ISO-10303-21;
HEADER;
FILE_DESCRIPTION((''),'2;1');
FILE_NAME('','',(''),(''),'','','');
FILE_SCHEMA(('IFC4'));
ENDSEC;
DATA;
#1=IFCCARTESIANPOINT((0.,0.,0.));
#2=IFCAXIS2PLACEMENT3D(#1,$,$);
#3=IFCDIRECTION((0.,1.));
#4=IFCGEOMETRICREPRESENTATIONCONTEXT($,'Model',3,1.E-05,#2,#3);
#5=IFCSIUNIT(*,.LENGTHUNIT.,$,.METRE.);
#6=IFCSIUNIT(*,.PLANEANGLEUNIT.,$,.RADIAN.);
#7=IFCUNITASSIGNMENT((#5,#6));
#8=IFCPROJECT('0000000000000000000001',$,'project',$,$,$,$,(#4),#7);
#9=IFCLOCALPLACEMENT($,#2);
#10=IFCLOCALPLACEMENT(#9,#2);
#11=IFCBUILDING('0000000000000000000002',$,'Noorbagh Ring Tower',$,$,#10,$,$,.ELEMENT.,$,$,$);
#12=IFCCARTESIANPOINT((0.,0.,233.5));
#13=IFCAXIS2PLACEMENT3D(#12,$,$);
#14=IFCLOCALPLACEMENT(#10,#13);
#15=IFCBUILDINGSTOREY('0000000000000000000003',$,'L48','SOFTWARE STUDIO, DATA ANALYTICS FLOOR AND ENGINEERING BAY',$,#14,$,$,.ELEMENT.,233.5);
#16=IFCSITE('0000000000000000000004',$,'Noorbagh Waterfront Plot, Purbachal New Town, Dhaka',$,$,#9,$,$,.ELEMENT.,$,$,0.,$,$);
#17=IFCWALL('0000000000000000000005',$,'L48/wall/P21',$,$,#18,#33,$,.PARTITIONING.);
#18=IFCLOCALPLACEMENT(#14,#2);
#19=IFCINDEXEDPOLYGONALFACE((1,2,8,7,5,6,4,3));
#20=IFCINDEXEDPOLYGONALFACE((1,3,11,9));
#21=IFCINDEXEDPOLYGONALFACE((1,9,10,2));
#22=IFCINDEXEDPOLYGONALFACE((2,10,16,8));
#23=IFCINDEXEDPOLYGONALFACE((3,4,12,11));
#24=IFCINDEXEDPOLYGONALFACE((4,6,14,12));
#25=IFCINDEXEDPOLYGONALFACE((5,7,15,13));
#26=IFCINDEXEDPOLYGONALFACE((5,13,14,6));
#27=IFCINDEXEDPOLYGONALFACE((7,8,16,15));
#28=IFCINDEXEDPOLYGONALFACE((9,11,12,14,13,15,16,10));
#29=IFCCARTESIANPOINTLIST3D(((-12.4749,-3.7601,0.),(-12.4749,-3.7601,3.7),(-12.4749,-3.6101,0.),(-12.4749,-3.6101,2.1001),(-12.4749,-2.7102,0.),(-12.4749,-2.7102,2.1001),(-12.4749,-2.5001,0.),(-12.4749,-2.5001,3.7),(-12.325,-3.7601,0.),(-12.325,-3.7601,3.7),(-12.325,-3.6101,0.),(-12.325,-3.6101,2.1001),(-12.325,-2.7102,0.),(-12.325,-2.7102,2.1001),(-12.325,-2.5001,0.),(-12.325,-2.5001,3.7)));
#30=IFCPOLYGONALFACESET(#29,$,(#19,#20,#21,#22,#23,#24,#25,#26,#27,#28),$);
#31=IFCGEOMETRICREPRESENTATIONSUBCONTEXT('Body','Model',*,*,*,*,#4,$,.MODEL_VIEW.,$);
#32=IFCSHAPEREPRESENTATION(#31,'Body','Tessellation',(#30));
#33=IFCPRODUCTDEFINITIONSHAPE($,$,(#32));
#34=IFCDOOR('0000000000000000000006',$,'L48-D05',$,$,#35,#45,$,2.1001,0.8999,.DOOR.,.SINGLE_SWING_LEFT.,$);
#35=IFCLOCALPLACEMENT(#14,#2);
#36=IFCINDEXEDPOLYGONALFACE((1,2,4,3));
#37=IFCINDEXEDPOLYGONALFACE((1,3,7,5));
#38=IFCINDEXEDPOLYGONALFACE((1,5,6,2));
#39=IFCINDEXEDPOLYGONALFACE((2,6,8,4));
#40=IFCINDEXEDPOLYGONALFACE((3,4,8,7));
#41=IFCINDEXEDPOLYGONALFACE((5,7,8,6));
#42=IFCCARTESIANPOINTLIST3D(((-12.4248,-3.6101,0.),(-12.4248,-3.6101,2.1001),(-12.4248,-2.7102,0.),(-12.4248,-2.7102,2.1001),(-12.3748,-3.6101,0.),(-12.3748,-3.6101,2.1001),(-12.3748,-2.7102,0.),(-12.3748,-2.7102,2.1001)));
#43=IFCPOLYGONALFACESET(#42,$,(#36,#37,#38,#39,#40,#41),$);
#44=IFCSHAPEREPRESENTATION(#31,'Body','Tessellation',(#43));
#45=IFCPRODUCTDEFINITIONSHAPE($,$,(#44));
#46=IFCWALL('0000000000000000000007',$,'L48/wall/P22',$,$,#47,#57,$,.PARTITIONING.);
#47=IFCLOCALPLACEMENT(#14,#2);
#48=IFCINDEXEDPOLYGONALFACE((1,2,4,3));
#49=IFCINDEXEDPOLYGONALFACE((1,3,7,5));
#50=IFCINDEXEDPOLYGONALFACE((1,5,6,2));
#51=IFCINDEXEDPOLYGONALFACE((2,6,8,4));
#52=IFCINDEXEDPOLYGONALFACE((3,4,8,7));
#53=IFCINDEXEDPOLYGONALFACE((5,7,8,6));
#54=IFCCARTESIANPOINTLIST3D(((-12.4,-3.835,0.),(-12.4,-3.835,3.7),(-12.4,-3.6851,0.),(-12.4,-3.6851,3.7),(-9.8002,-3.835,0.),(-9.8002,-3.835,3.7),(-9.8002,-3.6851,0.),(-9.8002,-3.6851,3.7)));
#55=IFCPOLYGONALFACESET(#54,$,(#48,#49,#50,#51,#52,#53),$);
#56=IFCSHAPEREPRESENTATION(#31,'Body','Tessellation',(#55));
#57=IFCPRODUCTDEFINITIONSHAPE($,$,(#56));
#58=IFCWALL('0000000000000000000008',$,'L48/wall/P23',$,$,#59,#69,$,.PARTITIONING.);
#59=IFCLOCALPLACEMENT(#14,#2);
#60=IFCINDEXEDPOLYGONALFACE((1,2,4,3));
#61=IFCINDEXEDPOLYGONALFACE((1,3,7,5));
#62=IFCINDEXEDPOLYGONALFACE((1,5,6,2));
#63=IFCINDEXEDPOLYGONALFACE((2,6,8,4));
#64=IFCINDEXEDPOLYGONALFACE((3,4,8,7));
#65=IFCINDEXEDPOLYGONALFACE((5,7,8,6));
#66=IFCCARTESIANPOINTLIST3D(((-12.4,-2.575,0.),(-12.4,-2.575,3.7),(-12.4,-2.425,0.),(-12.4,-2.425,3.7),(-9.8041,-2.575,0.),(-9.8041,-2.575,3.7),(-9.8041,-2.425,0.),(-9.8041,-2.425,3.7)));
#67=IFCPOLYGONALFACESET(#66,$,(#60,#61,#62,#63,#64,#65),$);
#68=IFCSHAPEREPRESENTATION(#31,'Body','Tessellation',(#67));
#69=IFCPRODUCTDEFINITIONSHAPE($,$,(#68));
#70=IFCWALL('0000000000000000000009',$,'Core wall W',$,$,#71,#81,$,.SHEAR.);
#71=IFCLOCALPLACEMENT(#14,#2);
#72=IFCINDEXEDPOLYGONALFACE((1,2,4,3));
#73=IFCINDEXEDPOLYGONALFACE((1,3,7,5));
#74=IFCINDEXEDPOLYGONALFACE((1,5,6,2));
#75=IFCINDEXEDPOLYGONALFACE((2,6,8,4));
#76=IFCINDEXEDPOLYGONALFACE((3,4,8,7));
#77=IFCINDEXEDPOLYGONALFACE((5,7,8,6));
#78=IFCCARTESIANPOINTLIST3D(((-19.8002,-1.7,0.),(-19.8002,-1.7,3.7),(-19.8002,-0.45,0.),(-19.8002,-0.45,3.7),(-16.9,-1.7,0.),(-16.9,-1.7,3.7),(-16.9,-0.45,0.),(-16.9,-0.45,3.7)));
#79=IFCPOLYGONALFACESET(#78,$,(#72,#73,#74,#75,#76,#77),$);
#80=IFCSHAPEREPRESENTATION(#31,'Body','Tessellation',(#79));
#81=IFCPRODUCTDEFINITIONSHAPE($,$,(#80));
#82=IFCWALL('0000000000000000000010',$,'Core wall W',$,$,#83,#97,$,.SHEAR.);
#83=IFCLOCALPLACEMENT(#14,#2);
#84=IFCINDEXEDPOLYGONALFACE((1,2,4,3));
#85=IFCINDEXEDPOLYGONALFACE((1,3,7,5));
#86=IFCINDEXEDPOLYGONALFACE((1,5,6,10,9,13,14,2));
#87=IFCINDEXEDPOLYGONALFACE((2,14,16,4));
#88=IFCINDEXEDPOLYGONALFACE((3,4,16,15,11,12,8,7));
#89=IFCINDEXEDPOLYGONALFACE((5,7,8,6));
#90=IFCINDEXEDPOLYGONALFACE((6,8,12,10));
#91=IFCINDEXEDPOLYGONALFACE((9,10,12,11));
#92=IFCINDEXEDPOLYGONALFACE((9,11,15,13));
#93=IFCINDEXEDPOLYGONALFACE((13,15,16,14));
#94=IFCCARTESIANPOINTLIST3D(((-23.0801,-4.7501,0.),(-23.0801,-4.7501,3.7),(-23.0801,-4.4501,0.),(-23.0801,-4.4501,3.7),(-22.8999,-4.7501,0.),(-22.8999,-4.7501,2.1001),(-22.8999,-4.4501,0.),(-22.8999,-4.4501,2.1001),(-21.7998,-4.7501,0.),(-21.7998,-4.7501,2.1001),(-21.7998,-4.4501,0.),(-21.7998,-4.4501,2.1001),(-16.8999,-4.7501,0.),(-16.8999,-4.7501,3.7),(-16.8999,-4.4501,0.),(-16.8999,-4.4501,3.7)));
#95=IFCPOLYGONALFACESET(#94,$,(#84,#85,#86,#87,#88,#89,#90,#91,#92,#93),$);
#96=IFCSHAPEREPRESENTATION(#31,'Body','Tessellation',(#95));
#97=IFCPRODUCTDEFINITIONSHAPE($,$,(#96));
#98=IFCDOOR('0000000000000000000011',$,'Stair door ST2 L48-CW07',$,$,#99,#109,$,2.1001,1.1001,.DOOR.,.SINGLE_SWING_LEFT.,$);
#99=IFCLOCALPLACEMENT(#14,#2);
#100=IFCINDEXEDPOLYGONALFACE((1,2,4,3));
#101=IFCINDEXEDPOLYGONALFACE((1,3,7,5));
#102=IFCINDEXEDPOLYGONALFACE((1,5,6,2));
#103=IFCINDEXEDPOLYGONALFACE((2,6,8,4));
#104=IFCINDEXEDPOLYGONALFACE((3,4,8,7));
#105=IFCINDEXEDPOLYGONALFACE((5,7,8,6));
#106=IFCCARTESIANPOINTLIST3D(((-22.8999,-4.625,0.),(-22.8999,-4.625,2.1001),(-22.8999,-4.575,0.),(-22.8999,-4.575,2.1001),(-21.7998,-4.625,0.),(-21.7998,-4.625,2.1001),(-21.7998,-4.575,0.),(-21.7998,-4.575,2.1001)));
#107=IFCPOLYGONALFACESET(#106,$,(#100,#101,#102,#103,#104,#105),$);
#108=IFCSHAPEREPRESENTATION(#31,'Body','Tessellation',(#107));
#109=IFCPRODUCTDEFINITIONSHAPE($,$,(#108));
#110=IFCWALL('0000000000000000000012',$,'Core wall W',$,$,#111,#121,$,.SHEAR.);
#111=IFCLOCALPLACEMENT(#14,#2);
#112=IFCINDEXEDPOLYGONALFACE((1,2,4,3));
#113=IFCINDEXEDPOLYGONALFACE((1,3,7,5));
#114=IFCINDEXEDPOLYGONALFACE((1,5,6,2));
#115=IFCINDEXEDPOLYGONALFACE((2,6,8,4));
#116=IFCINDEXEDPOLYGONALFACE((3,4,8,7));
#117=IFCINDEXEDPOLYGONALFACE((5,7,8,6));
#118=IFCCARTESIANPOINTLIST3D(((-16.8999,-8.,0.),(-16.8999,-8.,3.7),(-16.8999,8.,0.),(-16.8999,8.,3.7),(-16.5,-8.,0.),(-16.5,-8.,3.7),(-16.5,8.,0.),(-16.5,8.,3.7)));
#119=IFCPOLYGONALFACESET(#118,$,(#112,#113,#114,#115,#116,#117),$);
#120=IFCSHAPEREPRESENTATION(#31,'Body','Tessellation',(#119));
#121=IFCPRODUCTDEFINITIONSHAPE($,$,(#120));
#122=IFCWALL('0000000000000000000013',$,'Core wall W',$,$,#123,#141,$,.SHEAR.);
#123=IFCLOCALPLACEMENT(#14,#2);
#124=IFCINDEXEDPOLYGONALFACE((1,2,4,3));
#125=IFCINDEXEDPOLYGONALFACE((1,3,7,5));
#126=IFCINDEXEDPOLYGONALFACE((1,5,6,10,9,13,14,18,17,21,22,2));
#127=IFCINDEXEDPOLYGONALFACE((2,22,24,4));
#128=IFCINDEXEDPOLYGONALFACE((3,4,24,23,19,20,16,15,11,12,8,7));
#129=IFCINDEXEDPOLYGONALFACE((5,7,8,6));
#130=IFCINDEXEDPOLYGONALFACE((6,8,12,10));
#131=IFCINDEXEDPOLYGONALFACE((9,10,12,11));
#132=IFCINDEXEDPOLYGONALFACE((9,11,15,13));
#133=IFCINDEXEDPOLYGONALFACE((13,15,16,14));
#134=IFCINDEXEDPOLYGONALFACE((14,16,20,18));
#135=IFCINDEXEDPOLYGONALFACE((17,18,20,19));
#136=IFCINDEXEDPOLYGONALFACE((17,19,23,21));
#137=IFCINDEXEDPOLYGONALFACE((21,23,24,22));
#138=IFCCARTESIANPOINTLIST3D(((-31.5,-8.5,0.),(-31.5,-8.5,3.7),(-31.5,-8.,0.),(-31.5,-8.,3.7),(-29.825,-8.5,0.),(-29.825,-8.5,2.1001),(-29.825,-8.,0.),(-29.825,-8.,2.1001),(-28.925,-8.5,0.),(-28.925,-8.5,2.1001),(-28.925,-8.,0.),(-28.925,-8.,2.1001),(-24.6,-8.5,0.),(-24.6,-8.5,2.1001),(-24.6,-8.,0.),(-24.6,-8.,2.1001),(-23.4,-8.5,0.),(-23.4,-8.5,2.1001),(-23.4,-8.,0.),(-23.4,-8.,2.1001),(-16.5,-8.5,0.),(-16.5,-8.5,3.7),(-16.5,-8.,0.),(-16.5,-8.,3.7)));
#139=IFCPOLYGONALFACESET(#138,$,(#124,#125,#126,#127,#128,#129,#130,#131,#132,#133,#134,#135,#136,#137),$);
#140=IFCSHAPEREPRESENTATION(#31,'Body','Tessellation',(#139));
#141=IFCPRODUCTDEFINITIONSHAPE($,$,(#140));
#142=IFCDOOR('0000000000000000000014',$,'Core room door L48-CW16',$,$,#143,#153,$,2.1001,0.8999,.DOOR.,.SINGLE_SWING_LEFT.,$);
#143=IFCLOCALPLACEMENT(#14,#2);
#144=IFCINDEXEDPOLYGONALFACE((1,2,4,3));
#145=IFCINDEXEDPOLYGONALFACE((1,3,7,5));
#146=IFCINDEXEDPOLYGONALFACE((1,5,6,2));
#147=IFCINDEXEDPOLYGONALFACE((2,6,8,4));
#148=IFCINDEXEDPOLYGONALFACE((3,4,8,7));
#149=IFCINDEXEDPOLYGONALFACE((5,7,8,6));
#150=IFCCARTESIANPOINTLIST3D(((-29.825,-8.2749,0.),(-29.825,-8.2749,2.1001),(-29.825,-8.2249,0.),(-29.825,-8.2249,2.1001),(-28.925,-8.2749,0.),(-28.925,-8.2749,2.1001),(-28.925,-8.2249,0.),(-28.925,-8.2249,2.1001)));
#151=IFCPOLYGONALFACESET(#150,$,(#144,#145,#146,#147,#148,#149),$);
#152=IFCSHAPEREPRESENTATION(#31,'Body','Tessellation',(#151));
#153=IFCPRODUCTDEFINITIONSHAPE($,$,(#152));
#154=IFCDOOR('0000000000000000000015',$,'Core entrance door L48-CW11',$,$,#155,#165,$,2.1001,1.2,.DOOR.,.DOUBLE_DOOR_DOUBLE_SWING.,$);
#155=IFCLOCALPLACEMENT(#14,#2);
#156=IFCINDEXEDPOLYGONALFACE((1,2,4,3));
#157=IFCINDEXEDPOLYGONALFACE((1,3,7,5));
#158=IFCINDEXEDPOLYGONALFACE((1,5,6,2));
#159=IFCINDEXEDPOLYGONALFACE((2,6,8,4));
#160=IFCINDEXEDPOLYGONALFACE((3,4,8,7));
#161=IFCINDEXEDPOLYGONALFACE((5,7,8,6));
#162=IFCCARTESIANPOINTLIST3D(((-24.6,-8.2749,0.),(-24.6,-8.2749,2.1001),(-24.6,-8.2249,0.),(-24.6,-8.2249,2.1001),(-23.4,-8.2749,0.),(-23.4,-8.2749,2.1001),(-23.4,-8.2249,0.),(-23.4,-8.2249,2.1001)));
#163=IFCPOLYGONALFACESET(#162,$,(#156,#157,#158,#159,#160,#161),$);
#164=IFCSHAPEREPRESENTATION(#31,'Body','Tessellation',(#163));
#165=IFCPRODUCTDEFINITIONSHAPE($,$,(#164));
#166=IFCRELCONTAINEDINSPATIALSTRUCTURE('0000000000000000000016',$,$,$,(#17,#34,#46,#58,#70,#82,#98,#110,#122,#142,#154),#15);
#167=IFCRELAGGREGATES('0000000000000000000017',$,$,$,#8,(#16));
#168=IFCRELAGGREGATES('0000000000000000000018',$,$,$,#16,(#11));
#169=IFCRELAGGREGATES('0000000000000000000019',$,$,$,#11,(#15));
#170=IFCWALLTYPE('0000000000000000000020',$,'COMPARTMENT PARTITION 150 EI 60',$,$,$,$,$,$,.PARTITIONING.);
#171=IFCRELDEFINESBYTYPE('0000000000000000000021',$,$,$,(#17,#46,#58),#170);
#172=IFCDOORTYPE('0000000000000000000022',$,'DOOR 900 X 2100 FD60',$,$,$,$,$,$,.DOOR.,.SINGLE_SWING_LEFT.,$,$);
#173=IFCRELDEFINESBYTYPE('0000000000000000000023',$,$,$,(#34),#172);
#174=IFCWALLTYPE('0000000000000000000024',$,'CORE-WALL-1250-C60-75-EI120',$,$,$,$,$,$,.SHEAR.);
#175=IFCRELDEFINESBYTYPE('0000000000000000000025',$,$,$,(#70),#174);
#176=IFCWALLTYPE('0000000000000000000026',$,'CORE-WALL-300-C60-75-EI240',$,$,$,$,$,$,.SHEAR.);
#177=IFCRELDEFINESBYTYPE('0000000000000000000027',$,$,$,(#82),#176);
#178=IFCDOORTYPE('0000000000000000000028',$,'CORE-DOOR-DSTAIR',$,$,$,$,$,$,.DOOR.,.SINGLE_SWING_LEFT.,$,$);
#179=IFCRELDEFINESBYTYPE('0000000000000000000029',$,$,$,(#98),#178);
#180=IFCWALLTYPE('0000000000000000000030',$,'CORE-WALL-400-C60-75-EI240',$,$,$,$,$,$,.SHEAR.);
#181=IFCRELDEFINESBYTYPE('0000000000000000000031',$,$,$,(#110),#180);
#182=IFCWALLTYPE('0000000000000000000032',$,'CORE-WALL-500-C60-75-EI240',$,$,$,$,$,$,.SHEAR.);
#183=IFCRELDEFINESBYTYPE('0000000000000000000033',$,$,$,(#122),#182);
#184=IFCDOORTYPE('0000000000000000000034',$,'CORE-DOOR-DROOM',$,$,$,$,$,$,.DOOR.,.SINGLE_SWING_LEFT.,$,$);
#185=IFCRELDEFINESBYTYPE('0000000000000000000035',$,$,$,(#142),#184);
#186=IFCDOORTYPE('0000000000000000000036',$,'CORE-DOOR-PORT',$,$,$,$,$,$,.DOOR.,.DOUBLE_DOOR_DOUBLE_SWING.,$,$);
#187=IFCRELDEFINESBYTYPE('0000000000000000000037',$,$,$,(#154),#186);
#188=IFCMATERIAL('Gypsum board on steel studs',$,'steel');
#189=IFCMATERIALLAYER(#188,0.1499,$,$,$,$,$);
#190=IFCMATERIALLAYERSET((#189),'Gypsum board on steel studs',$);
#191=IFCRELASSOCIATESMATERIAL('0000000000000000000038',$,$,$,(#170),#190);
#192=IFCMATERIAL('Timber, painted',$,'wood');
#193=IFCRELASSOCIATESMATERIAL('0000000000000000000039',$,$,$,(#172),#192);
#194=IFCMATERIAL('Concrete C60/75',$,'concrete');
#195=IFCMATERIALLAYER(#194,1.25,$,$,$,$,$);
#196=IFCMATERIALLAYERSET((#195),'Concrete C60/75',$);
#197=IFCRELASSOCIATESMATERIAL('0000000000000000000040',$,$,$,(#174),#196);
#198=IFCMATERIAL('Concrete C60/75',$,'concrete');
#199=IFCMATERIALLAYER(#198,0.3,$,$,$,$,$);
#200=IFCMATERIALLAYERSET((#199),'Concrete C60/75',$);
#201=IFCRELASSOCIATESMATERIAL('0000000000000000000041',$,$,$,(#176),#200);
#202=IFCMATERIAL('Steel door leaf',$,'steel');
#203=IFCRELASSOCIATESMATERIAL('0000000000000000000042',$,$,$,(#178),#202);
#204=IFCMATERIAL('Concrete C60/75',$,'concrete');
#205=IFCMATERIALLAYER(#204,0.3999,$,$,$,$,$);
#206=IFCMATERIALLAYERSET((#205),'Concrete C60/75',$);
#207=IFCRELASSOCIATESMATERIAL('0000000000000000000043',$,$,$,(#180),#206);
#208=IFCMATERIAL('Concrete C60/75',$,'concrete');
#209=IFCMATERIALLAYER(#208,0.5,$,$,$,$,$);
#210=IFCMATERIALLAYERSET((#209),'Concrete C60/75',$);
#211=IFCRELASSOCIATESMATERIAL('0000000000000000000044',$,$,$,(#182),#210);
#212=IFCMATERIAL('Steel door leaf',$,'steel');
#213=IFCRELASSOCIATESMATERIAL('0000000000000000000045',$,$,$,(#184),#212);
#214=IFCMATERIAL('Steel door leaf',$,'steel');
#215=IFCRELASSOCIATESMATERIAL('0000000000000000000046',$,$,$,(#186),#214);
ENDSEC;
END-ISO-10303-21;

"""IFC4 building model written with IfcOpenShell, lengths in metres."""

from ifc_helpers import new_model, si_unit, direction, frame, frame_2d, origin, place, context, subcontext, project, spatial, rectangle, extrude, material, layer, layer_set, type_object, element, fill, save


model = new_model("IFC4")

# Units and contexts
model_context = context("Model", 3, precision=1e-05, world=origin(), true_north=direction((0.0, 1.0)))
body_context = subcontext(model_context, "Body", "Model", "MODEL_VIEW")
ifc_project = project(units=[si_unit("LENGTHUNIT", "METRE"), si_unit("PLANEANGLEUNIT", "RADIAN")], contexts=[model_context])

# Site, building, storey
site_placement = place(None, origin())
site = spatial("IfcSite", under=ifc_project, at=site_placement, Name="Noorbagh Waterfront Plot, Purbachal New Town, Dhaka", CompositionType="ELEMENT", RefElevation=0.0)
building_placement = place(site_placement, origin())
building = spatial("IfcBuilding", under=site, at=building_placement, Name="Noorbagh Ring Tower", CompositionType="ELEMENT")
storey_placement = place(building_placement, frame((0.0, 0.0, 233.5)))
storey = spatial("IfcBuildingStorey", under=building, at=storey_placement, Name="L48", Description="SOFTWARE STUDIO, DATA ANALYTICS FLOOR AND ENGINEERING BAY", CompositionType="ELEMENT", Elevation=233.5)

# Wall, opening, door
ifc_material_1 = material(Name="Gypsum board on steel studs", Category="steel")
ifc_layer_1 = layer(ifc_material_1, 0.1499)
ifc_layer_set_1 = layer_set([ifc_layer_1], Name="Gypsum board on steel studs")
wall_type_1 = type_object("IfcWallType", Name="COMPARTMENT PARTITION 150 EI 60", PredefinedType="PARTITIONING", material=ifc_layer_set_1)
wall_1_placement = place(storey_placement, frame((-12.3999, -3.76, 0.0), z_axis=(0.0, 0.0, 1.0), x_axis=(0.0, 1.0, 0.0)))
wall_1 = element("IfcWall", 1, at=wall_1_placement, inside=storey, type_object=wall_type_1, Name="L48/wall/P21", PredefinedType="PARTITIONING", context=body_context, shape_type="SweptSolid", body=[
    extrude(rectangle(XDim=1.26, YDim=0.1499, at=frame_2d((0.6299, 0.0))), origin(), (0.0, 0.0, 1.0), 3.7),
])
opening_1_placement = place(wall_1_placement, frame((0.1499, 0.0, 0.0)))
opening_1 = element("IfcOpeningElement", 2, at=opening_1_placement, cuts=wall_1, PredefinedType="OPENING", context=body_context, shape_type="SweptSolid", body=[
    extrude(rectangle(XDim=0.8999, YDim=2.1001, at=frame_2d((0.45, 1.05))), frame((0.0, 0.085, 0.0), z_axis=(0.0, -1.0, 0.0), x_axis=(1.0, 0.0, 0.0)), (0.0, 0.0, 1.0), 0.1699),
])
ifc_material_2 = material(Name="Timber, painted", Category="wood")
door_type_1 = type_object("IfcDoorType", Name="DOOR 900 X 2100 FD60", OperationType="SINGLE_SWING_LEFT", PredefinedType="DOOR", material=ifc_material_2)
door_1_placement = place(opening_1_placement, origin())
door_1 = element("IfcDoor", 3, at=door_1_placement, inside=storey, type_object=door_type_1, Name="L48-D05", OperationType="SINGLE_SWING_LEFT", OverallHeight=2.1001, OverallWidth=0.8999, PredefinedType="DOOR", context=body_context, shape_type="SweptSolid", body=[
    extrude(rectangle(XDim=0.8999, YDim=2.1001, at=frame_2d((0.45, 1.05))), frame((0.0, 0.0249, 0.0), z_axis=(0.0, -1.0, 0.0), x_axis=(1.0, 0.0, 0.0)), (0.0, 0.0, 1.0), 0.05),
])
fill(opening_1, door_1)

# Walls
wall_2_placement = place(storey_placement, frame((-12.3999, -3.76, 0.0), z_axis=(0.0, 0.0, 1.0), x_axis=(1.0, 0.0, 0.0)))
element("IfcWall", 4, at=wall_2_placement, inside=storey, type_object=wall_type_1, Name="L48/wall/P22", PredefinedType="PARTITIONING", context=body_context, shape_type="SweptSolid", body=[
    extrude(rectangle(XDim=2.5999, YDim=0.1499, at=frame_2d((1.2998, 0.0))), origin(), (0.0, 0.0, 1.0), 3.7),
])
wall_3_placement = place(storey_placement, frame((-12.3999, -2.5, 0.0), z_axis=(0.0, 0.0, 1.0), x_axis=(1.0, 0.0, 0.0)))
element("IfcWall", 5, at=wall_3_placement, inside=storey, type_object=wall_type_1, Name="L48/wall/P23", PredefinedType="PARTITIONING", context=body_context, shape_type="SweptSolid", body=[
    extrude(rectangle(XDim=2.5959, YDim=0.1499, at=frame_2d((1.2979, 0.0))), origin(), (0.0, 0.0, 1.0), 3.7),
])
ifc_material_3 = material(Name="Concrete C60/75", Category="concrete")
ifc_layer_2 = layer(ifc_material_3, 1.25)
ifc_layer_set_2 = layer_set([ifc_layer_2], Name="Concrete C60/75")
wall_type_2 = type_object("IfcWallType", Name="CORE-WALL-1250-C60-75-EI120", PredefinedType="SHEAR", material=ifc_layer_set_2)
wall_4_placement = place(storey_placement, frame((-16.8999, -1.075, 0.0), z_axis=(0.0, 0.0, 1.0), x_axis=(-1.0, 0.0, 0.0)))
element("IfcWall", 6, at=wall_4_placement, inside=storey, type_object=wall_type_2, Name="Core wall W", PredefinedType="SHEAR", context=body_context, shape_type="SweptSolid", body=[
    extrude(rectangle(XDim=2.9001, YDim=1.25, at=frame_2d((1.4502, 0.0))), origin(), (0.0, 0.0, 1.0), 3.7),
])

# Wall, opening, door
ifc_material_4 = material(Name="Concrete C60/75", Category="concrete")
ifc_layer_3 = layer(ifc_material_4, 0.3)
ifc_layer_set_3 = layer_set([ifc_layer_3], Name="Concrete C60/75")
wall_type_3 = type_object("IfcWallType", Name="CORE-WALL-300-C60-75-EI240", PredefinedType="SHEAR", material=ifc_layer_set_3)
wall_5_placement = place(storey_placement, frame((-16.8999, -4.6001, 0.0), z_axis=(0.0, 0.0, 1.0), x_axis=(-1.0, 0.0, 0.0)))
wall_5 = element("IfcWall", 7, at=wall_5_placement, inside=storey, type_object=wall_type_3, Name="Core wall W", PredefinedType="SHEAR", context=body_context, shape_type="SweptSolid", body=[
    extrude(rectangle(XDim=6.1802, YDim=0.3, at=frame_2d((3.0901, 0.0))), origin(), (0.0, 0.0, 1.0), 3.7),
])
opening_2_placement = place(wall_5_placement, frame((4.8999, 0.0, 0.0)))
opening_2 = element("IfcOpeningElement", 8, at=opening_2_placement, cuts=wall_5, PredefinedType="OPENING", context=body_context, shape_type="SweptSolid", body=[
    extrude(rectangle(XDim=1.1001, YDim=2.1001, at=frame_2d((0.55, 1.05))), frame((0.0, 0.1602, 0.0), z_axis=(0.0, -1.0, 0.0), x_axis=(1.0, 0.0, 0.0)), (0.0, 0.0, 1.0), 0.3201),
])
ifc_material_5 = material(Name="Steel door leaf", Category="steel")
door_type_2 = type_object("IfcDoorType", Name="CORE-DOOR-DSTAIR", OperationType="SINGLE_SWING_LEFT", PredefinedType="DOOR", material=ifc_material_5)
door_2_placement = place(opening_2_placement, origin())
door_2 = element("IfcDoor", 9, at=door_2_placement, inside=storey, type_object=door_type_2, Name="Stair door ST2 L48-CW07", OperationType="SINGLE_SWING_LEFT", OverallHeight=2.1001, OverallWidth=1.1001, PredefinedType="DOOR", context=body_context, shape_type="SweptSolid", body=[
    extrude(rectangle(XDim=1.1001, YDim=2.1001, at=frame_2d((0.55, 1.05))), frame((0.0, 0.0249, 0.0), z_axis=(0.0, -1.0, 0.0), x_axis=(1.0, 0.0, 0.0)), (0.0, 0.0, 1.0), 0.05),
])
fill(opening_2, door_2)

# Wall
ifc_material_6 = material(Name="Concrete C60/75", Category="concrete")
ifc_layer_4 = layer(ifc_material_6, 0.3999)
ifc_layer_set_4 = layer_set([ifc_layer_4], Name="Concrete C60/75")
wall_type_4 = type_object("IfcWallType", Name="CORE-WALL-400-C60-75-EI240", PredefinedType="SHEAR", material=ifc_layer_set_4)
wall_6_placement = place(storey_placement, frame((-16.7, -8.0, 0.0), z_axis=(0.0, 0.0, 1.0), x_axis=(0.0, 1.0, 0.0)))
element("IfcWall", 10, at=wall_6_placement, inside=storey, type_object=wall_type_4, Name="Core wall W", PredefinedType="SHEAR", context=body_context, shape_type="SweptSolid", body=[
    extrude(rectangle(XDim=16.0, YDim=0.3999, at=frame_2d((8.0, 0.0))), origin(), (0.0, 0.0, 1.0), 3.7),
])

# Wall, openings, doors
ifc_material_7 = material(Name="Concrete C60/75", Category="concrete")
ifc_layer_5 = layer(ifc_material_7, 0.5)
ifc_layer_set_5 = layer_set([ifc_layer_5], Name="Concrete C60/75")
wall_type_5 = type_object("IfcWallType", Name="CORE-WALL-500-C60-75-EI240", PredefinedType="SHEAR", material=ifc_layer_set_5)
wall_7_placement = place(storey_placement, frame((-16.5, -8.25, 0.0), z_axis=(0.0, 0.0, 1.0), x_axis=(-1.0, 0.0, 0.0)))
wall_7 = element("IfcWall", 11, at=wall_7_placement, inside=storey, type_object=wall_type_5, Name="Core wall W", PredefinedType="SHEAR", context=body_context, shape_type="SweptSolid", body=[
    extrude(rectangle(XDim=15.0, YDim=0.5, at=frame_2d((7.5, 0.0))), origin(), (0.0, 0.0, 1.0), 3.7),
])
opening_3_placement = place(wall_7_placement, frame((6.8999, 0.0, 0.0)))
opening_3 = element("IfcOpeningElement", 12, at=opening_3_placement, cuts=wall_7, PredefinedType="OPENING", context=body_context, shape_type="SweptSolid", body=[
    extrude(rectangle(XDim=1.2, YDim=2.1001, at=frame_2d((0.6001, 1.05))), frame((0.0, 0.26, 0.0), z_axis=(0.0, -1.0, 0.0), x_axis=(1.0, 0.0, 0.0)), (0.0, 0.0, 1.0), 0.52),
])
opening_4_placement = place(wall_7_placement, frame((12.425, 0.0, 0.0)))
opening_4 = element("IfcOpeningElement", 13, at=opening_4_placement, cuts=wall_7, PredefinedType="OPENING", context=body_context, shape_type="SweptSolid", body=[
    extrude(rectangle(XDim=0.8999, YDim=2.1001, at=frame_2d((0.45, 1.05))), frame((0.0, 0.26, 0.0), z_axis=(0.0, -1.0, 0.0), x_axis=(1.0, 0.0, 0.0)), (0.0, 0.0, 1.0), 0.52),
])
ifc_material_8 = material(Name="Steel door leaf", Category="steel")
door_type_3 = type_object("IfcDoorType", Name="CORE-DOOR-DROOM", OperationType="SINGLE_SWING_LEFT", PredefinedType="DOOR", material=ifc_material_8)
door_3_placement = place(opening_4_placement, origin())
door_3 = element("IfcDoor", 14, at=door_3_placement, inside=storey, type_object=door_type_3, Name="Core room door L48-CW16", OperationType="SINGLE_SWING_LEFT", OverallHeight=2.1001, OverallWidth=0.8999, PredefinedType="DOOR", context=body_context, shape_type="SweptSolid", body=[
    extrude(rectangle(XDim=0.8999, YDim=2.1001, at=frame_2d((0.45, 1.05))), frame((0.0, 0.0249, 0.0), z_axis=(0.0, -1.0, 0.0), x_axis=(1.0, 0.0, 0.0)), (0.0, 0.0, 1.0), 0.05),
])
fill(opening_4, door_3)
ifc_material_9 = material(Name="Steel door leaf", Category="steel")
door_type_4 = type_object("IfcDoorType", Name="CORE-DOOR-PORT", OperationType="DOUBLE_DOOR_DOUBLE_SWING", PredefinedType="DOOR", material=ifc_material_9)
door_4_placement = place(opening_3_placement, origin())
door_4 = element("IfcDoor", 15, at=door_4_placement, inside=storey, type_object=door_type_4, Name="Core entrance door L48-CW11", OperationType="DOUBLE_DOOR_DOUBLE_SWING", OverallHeight=2.1001, OverallWidth=1.2, PredefinedType="DOOR", context=body_context, shape_type="SweptSolid", body=[
    extrude(rectangle(XDim=1.2, YDim=2.1001, at=frame_2d((0.6001, 1.05))), frame((0.0, 0.0249, 0.0), z_axis=(0.0, -1.0, 0.0), x_axis=(1.0, 0.0, 0.0)), (0.0, 0.0, 1.0), 0.05),
])
fill(opening_3, door_4)

save(model, "model.ifc")
